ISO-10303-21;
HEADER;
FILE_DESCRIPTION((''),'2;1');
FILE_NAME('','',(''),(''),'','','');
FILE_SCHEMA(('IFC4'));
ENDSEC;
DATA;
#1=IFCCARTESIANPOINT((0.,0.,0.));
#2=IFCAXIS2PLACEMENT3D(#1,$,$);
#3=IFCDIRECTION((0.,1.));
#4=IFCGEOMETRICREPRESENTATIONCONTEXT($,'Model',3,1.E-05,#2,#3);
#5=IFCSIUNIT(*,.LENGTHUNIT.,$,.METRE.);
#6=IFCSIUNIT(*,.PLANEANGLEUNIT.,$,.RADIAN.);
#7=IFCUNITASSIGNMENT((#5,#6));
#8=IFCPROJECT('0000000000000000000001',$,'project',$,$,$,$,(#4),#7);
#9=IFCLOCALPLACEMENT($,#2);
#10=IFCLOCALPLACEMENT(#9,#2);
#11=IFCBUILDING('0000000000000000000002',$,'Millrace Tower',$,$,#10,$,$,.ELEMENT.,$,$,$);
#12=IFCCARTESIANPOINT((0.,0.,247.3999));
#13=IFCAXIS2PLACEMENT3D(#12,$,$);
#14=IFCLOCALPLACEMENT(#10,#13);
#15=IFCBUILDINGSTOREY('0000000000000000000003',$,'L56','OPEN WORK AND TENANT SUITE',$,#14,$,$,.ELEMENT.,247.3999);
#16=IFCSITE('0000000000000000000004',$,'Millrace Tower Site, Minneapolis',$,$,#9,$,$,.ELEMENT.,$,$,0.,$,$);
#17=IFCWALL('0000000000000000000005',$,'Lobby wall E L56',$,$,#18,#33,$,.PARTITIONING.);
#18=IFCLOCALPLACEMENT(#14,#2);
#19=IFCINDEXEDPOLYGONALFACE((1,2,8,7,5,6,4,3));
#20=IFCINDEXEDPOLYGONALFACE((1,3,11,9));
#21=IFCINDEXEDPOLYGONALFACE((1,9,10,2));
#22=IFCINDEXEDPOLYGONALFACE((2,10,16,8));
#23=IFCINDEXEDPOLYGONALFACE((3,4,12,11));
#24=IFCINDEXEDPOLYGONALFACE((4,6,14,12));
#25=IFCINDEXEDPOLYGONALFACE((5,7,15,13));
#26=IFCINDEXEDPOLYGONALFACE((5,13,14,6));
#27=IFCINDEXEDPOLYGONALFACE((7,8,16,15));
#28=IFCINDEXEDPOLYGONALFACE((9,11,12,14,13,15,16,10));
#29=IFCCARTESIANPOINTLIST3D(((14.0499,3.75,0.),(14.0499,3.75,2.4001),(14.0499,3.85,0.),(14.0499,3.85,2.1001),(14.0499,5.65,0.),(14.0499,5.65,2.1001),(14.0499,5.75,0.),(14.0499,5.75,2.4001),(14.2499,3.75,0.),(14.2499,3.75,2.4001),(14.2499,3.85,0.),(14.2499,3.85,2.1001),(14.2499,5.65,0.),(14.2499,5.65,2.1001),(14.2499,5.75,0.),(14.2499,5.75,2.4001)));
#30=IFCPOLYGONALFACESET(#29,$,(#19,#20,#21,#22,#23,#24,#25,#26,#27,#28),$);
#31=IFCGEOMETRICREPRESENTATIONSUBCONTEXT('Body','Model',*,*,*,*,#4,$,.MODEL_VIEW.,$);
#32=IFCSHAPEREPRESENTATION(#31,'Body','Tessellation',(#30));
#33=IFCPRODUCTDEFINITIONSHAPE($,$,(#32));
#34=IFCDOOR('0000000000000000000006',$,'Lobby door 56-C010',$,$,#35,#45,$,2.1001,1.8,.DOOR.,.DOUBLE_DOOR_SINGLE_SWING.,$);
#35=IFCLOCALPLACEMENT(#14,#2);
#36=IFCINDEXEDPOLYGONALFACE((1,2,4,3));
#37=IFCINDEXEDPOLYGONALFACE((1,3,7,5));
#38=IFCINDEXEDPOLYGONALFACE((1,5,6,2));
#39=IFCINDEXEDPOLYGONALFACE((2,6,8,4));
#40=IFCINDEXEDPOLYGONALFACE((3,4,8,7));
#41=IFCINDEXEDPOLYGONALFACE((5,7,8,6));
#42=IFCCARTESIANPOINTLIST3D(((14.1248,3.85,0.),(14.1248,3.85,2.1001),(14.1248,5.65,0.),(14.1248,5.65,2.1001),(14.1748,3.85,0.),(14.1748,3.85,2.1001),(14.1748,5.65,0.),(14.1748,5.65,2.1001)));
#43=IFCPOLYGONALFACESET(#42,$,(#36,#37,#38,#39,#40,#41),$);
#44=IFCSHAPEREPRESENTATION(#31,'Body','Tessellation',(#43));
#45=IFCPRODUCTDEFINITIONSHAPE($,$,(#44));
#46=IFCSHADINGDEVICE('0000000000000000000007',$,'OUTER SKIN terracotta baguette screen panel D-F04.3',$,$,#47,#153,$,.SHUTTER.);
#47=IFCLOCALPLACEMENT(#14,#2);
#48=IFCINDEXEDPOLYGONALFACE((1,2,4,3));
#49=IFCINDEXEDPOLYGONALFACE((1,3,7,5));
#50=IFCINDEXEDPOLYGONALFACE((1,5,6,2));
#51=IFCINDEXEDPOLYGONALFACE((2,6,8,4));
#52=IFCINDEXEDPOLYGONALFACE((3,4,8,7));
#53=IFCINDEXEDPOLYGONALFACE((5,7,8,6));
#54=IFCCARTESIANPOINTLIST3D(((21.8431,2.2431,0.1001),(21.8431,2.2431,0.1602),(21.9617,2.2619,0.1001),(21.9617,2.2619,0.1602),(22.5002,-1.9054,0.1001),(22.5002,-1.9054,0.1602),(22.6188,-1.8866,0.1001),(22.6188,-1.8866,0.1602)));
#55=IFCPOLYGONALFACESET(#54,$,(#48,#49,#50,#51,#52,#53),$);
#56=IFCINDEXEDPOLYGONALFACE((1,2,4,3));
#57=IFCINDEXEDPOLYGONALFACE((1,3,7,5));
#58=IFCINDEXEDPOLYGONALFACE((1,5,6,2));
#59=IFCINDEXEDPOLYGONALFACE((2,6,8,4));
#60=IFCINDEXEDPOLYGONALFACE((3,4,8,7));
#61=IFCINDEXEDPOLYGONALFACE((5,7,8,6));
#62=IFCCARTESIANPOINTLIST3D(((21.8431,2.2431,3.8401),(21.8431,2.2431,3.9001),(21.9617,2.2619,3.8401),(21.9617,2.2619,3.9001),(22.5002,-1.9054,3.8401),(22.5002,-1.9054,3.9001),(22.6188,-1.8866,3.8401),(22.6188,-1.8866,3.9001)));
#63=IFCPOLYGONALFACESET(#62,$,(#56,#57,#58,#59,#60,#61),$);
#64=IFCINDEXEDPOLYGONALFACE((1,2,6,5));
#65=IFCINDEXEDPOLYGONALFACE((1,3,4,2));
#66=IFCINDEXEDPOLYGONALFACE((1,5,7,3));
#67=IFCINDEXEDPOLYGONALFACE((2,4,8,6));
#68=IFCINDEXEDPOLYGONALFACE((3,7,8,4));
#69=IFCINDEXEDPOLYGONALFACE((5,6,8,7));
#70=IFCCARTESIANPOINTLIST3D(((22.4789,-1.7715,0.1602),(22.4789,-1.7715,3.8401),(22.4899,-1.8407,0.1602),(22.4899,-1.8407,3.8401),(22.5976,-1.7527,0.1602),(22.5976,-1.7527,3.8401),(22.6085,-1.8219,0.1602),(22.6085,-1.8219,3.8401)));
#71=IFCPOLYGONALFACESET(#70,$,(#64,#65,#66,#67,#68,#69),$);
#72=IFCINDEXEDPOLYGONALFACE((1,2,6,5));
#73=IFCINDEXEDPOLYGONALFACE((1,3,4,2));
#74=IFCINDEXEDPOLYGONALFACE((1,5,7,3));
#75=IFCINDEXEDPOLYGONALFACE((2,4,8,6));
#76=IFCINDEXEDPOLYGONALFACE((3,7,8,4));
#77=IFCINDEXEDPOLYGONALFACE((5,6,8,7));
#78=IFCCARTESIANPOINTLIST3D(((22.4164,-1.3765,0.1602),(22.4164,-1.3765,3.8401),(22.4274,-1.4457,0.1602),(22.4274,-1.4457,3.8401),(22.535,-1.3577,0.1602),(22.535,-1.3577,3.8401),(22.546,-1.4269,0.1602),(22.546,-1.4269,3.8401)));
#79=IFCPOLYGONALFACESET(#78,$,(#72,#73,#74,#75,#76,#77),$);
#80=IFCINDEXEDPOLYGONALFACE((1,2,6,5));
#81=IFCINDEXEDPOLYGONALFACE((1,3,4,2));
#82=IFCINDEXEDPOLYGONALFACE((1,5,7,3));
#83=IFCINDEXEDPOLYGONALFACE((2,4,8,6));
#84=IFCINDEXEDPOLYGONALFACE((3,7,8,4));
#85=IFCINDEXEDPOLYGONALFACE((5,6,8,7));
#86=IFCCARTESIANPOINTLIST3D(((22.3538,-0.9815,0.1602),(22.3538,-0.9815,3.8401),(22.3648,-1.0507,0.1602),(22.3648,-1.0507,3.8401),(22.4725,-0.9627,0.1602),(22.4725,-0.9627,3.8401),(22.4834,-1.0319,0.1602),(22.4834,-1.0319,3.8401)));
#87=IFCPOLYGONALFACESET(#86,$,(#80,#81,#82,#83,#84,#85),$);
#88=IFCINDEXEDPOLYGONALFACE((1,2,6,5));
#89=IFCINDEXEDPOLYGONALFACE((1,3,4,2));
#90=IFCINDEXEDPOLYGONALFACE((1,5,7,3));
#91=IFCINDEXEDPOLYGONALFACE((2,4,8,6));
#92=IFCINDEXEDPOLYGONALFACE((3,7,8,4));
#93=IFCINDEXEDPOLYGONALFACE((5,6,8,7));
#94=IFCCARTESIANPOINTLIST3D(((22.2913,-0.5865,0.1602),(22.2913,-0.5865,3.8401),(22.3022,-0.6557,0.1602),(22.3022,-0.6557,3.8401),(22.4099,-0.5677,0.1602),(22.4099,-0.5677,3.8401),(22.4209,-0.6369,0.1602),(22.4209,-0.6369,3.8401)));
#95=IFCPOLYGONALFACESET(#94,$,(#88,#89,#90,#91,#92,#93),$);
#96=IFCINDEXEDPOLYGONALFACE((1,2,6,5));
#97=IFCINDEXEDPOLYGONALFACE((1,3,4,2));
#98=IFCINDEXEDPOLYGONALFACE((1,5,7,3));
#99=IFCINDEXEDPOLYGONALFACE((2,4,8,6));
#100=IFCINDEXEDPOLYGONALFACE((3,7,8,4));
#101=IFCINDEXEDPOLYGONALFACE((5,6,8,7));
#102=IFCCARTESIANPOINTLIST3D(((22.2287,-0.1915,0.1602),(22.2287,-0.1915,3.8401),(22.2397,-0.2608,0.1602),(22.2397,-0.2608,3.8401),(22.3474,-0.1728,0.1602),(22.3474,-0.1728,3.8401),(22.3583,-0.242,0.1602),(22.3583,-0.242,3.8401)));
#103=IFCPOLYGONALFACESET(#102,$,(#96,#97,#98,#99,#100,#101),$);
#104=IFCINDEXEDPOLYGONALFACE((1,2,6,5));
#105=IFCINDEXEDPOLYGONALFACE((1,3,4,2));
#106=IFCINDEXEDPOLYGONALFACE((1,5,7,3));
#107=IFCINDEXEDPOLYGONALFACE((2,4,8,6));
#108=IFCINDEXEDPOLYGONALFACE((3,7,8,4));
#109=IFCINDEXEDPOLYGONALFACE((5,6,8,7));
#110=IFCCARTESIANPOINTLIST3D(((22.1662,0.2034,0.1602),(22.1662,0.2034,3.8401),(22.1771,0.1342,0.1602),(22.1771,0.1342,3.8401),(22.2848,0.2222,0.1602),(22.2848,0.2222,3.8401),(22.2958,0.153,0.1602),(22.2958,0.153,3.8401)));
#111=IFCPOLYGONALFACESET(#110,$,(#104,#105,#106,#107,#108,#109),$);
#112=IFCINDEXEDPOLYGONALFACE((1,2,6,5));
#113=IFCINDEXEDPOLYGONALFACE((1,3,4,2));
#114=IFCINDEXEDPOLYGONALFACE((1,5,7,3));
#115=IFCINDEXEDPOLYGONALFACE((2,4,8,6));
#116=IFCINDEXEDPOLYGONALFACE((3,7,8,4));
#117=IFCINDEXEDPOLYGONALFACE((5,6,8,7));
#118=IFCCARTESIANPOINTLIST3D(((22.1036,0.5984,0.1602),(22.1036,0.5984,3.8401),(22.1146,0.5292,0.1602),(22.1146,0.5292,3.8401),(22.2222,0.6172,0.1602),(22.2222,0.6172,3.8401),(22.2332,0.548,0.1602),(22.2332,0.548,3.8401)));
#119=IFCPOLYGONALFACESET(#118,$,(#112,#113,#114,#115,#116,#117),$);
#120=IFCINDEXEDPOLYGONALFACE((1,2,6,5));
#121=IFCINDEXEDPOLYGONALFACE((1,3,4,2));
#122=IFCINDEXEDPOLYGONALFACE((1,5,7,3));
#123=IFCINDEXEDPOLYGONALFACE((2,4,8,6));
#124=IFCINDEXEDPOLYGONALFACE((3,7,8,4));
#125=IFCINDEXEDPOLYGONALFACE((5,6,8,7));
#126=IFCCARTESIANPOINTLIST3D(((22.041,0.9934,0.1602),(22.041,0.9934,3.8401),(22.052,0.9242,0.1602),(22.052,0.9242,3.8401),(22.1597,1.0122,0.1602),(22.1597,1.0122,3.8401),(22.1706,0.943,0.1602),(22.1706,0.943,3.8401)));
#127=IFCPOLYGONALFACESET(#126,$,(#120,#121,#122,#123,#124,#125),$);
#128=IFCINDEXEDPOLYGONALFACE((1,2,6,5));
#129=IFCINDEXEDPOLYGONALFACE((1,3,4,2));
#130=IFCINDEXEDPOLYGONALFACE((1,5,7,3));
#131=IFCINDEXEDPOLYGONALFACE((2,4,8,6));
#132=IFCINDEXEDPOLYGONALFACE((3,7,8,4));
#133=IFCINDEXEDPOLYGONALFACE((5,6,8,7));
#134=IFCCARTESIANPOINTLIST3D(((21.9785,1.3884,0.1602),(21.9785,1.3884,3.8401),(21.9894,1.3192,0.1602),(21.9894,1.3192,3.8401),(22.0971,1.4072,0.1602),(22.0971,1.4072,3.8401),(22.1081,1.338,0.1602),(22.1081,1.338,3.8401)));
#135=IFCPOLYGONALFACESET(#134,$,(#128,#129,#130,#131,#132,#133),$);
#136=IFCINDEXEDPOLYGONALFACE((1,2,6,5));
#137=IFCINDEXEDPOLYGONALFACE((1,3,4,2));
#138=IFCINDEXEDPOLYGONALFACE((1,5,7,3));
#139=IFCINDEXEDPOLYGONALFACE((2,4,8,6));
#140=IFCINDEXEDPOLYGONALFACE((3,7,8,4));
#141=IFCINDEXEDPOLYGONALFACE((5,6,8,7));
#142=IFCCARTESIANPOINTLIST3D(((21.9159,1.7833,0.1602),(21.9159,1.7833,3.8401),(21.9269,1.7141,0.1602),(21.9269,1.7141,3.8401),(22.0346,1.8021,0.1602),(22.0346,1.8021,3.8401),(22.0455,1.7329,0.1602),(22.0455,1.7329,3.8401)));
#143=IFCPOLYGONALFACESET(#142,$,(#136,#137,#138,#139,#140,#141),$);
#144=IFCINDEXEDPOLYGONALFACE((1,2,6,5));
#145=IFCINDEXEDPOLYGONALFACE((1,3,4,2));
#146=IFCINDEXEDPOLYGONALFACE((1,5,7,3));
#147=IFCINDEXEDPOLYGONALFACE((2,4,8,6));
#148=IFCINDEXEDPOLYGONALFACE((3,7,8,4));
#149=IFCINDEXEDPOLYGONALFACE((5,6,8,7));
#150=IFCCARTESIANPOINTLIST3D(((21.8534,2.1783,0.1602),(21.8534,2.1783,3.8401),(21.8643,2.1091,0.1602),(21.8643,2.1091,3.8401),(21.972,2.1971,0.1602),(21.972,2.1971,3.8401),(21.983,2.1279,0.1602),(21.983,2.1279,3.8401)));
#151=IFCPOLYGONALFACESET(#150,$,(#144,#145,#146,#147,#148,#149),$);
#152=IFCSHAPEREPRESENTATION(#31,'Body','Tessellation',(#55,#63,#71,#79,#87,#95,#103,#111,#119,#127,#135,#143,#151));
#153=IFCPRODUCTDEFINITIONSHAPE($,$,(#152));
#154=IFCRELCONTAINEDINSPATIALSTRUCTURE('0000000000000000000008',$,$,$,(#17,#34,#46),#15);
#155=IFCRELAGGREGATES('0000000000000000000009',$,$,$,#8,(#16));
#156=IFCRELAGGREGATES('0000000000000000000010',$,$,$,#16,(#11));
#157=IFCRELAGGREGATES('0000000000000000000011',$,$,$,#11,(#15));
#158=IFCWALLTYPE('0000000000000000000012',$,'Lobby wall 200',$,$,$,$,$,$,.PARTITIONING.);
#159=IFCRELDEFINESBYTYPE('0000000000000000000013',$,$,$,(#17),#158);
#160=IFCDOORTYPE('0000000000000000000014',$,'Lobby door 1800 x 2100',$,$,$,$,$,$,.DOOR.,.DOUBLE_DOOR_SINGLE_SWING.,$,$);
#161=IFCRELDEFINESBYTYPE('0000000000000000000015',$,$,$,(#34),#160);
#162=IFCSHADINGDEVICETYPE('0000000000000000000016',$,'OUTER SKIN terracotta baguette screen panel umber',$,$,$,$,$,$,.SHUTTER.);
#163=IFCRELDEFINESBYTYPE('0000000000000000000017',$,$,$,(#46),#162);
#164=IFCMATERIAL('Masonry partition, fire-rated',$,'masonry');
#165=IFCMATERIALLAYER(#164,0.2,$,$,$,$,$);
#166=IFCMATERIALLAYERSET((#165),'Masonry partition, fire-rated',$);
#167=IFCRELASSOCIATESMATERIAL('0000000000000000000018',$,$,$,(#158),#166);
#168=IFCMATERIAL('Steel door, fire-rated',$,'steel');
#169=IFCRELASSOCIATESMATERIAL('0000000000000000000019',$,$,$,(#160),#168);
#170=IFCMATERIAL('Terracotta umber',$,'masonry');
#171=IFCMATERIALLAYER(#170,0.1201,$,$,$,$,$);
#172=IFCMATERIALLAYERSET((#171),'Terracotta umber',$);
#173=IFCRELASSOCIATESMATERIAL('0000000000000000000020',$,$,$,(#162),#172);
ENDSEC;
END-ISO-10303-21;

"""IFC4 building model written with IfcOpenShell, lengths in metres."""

from ifc_helpers import new_model, entity, si_unit, direction, frame, frame_2d, origin, origin_2d, place, context, subcontext, project, spatial, rectangle, extrude, source, transform, mapped, material, layer, layer_set, type_object, element, fill, save


model = new_model("IFC4")

# Units and contexts
model_context = context("Model", 3, precision=1e-05, world=origin(), true_north=direction((0.0, 1.0)))
body_context = subcontext(model_context, "Body", "Model", "MODEL_VIEW")
ifc_project = project(units=[si_unit("LENGTHUNIT", "METRE"), si_unit("PLANEANGLEUNIT", "RADIAN")], contexts=[model_context])

# Site, building, storey
site_placement = place(None, origin())
site = spatial("IfcSite", under=ifc_project, at=site_placement, Name="Millrace Tower Site, Minneapolis", CompositionType="ELEMENT", RefElevation=0.0)
building_placement = place(site_placement, origin())
building = spatial("IfcBuilding", under=site, at=building_placement, Name="Millrace Tower", CompositionType="ELEMENT")
storey_placement = place(building_placement, frame((0.0, 0.0, 247.3999)))
storey = spatial("IfcBuildingStorey", under=building, at=storey_placement, Name="L56", Description="OPEN WORK AND TENANT SUITE", CompositionType="ELEMENT", Elevation=247.3999)

# Wall, opening, door
ifc_material_1 = material(Name="Masonry partition, fire-rated", Category="masonry")
ifc_layer_1 = layer(ifc_material_1, 0.2)
ifc_layer_set_1 = layer_set([ifc_layer_1], Name="Masonry partition, fire-rated")
wall_type_1 = type_object("IfcWallType", Name="Lobby wall 200", PredefinedType="PARTITIONING", material=ifc_layer_set_1)
wall_1_placement = place(storey_placement, frame((14.1499, 5.75, 0.0), z_axis=(0.0, 0.0, 1.0), x_axis=(0.0, -1.0, 0.0)))
wall_1 = element("IfcWall", 1, at=wall_1_placement, inside=storey, type_object=wall_type_1, Name="Lobby wall E L56", PredefinedType="PARTITIONING", context=body_context, shape_type="SweptSolid", body=[
    extrude(rectangle(XDim=2.0, YDim=0.2, at=frame_2d((1.0, 0.0))), origin(), (0.0, 0.0, 1.0), 2.4001),
])
opening_1_placement = place(wall_1_placement, frame((0.1001, 0.0, 0.0)))
opening_1 = element("IfcOpeningElement", 2, at=opening_1_placement, cuts=wall_1, PredefinedType="OPENING", context=body_context, shape_type="SweptSolid", body=[
    extrude(rectangle(XDim=1.8, YDim=2.1001, at=frame_2d((0.8999, 1.05))), frame((0.0, 0.1099, 0.0), z_axis=(0.0, -1.0, 0.0), x_axis=(1.0, 0.0, 0.0)), (0.0, 0.0, 1.0), 0.22),
])
ifc_material_2 = material(Name="Steel door, fire-rated", Category="steel")
door_type_1 = type_object("IfcDoorType", Name="Lobby door 1800 x 2100", OperationType="DOUBLE_DOOR_SINGLE_SWING", PredefinedType="DOOR", material=ifc_material_2)
door_1_placement = place(opening_1_placement, origin())
door_1 = element("IfcDoor", 3, at=door_1_placement, inside=storey, type_object=door_type_1, Name="Lobby door 56-C010", OperationType="DOUBLE_DOOR_SINGLE_SWING", OverallHeight=2.1001, OverallWidth=1.8, PredefinedType="DOOR", context=body_context, shape_type="SweptSolid", body=[
    extrude(rectangle(XDim=1.8, YDim=2.1001, at=frame_2d((0.8999, 1.05))), frame((0.0, 0.0249, 0.0), z_axis=(0.0, -1.0, 0.0), x_axis=(1.0, 0.0, 0.0)), (0.0, 0.0, 1.0), 0.05),
])
fill(opening_1, door_1)

# Shading device
ifc_material_3 = material(Name="Terracotta umber", Category="masonry")
ifc_layer_2 = layer(ifc_material_3, 0.1201)
ifc_layer_set_2 = layer_set([ifc_layer_2], Name="Terracotta umber")
shading_device_type = type_object("IfcShadingDeviceType", Name="OUTER SKIN terracotta baguette screen panel umber", PredefinedType="SHUTTER", material=ifc_layer_set_2)
cartesian_point = entity("IfcCartesianPoint", [-2.1001, 0.0601])
shared_polyline = entity("IfcPolyline", [cartesian_point, entity("IfcCartesianPoint", [2.1001, 0.0601]), entity("IfcCartesianPoint", [2.1001, -0.0601]), entity("IfcCartesianPoint", [-2.1001, -0.0601]), cartesian_point])
shared_shape = source(origin(), body_context, "Body", "SweptSolid", [
    entity("IfcExtrudedAreaSolid", entity("IfcArbitraryClosedProfileDef", "AREA", None, shared_polyline), entity("IfcAxis2Placement3D", entity("IfcCartesianPoint", [0.0, 0.0, 0.0])), entity("IfcDirection", [0.0, 0.0, 1.0]), 0.0601),
    entity("IfcExtrudedAreaSolid", entity("IfcArbitraryClosedProfileDef", "AREA", None, shared_polyline), entity("IfcAxis2Placement3D", entity("IfcCartesianPoint", [0.0, 0.0, 3.74])), entity("IfcDirection", [0.0, 0.0, 1.0]), 0.0601),
    extrude(rectangle(XDim=0.0701, YDim=0.1201, at=frame_2d((-1.9995, 0.0))), frame((0.0, 0.0, 0.0601)), (0.0, 0.0, 1.0), 3.6799),
    extrude(rectangle(XDim=0.0701, YDim=0.1201, at=frame_2d((-1.5996, 0.0))), frame((0.0, 0.0, 0.0601)), (0.0, 0.0, 1.0), 3.6799),
    extrude(rectangle(XDim=0.0701, YDim=0.1201, at=frame_2d((-1.1997, 0.0))), frame((0.0, 0.0, 0.0601)), (0.0, 0.0, 1.0), 3.6799),
    extrude(rectangle(XDim=0.0701, YDim=0.1201, at=frame_2d((-0.7998, 0.0))), frame((0.0, 0.0, 0.0601)), (0.0, 0.0, 1.0), 3.6799),
    extrude(rectangle(XDim=0.0701, YDim=0.1201, at=frame_2d((-0.3999, 0.0))), frame((0.0, 0.0, 0.0601)), (0.0, 0.0, 1.0), 3.6799),
    extrude(rectangle(XDim=0.0701, YDim=0.1201, at=origin_2d()), frame((0.0, 0.0, 0.0601)), (0.0, 0.0, 1.0), 3.6799),
    extrude(rectangle(XDim=0.0701, YDim=0.1201, at=frame_2d((0.3999, 0.0))), frame((0.0, 0.0, 0.0601)), (0.0, 0.0, 1.0), 3.6799),
    extrude(rectangle(XDim=0.0701, YDim=0.1201, at=frame_2d((0.7998, 0.0))), frame((0.0, 0.0, 0.0601)), (0.0, 0.0, 1.0), 3.6799),
    extrude(rectangle(XDim=0.0701, YDim=0.1201, at=frame_2d((1.1997, 0.0))), frame((0.0, 0.0, 0.0601)), (0.0, 0.0, 1.0), 3.6799),
    extrude(rectangle(XDim=0.0701, YDim=0.1201, at=frame_2d((1.5996, 0.0))), frame((0.0, 0.0, 0.0601)), (0.0, 0.0, 1.0), 3.6799),
    extrude(rectangle(XDim=0.0701, YDim=0.1201, at=frame_2d((1.9995, 0.0))), frame((0.0, 0.0, 0.0601)), (0.0, 0.0, 1.0), 3.6799),
])
for number, where, z_axis, x_axis, name in (
    (4, (22.231, 0.1782, 0.1001), (0.0, 0.0, 1.0), (-0.156434, 0.987688, 0.0), "OUTER SKIN terracotta baguette screen panel D-F04.3"),
):
    element("IfcShadingDevice", number, at=place(storey_placement, frame(where, z_axis=z_axis, x_axis=x_axis)), inside=storey, type_object=shading_device_type, Name=name, PredefinedType="SHUTTER", context=body_context, shape_type="MappedRepresentation", body=[
        mapped(shared_shape, transform((0.0, 0.0, 0.0), scale=1.0)),
    ])

save(model, "model.ifc")
